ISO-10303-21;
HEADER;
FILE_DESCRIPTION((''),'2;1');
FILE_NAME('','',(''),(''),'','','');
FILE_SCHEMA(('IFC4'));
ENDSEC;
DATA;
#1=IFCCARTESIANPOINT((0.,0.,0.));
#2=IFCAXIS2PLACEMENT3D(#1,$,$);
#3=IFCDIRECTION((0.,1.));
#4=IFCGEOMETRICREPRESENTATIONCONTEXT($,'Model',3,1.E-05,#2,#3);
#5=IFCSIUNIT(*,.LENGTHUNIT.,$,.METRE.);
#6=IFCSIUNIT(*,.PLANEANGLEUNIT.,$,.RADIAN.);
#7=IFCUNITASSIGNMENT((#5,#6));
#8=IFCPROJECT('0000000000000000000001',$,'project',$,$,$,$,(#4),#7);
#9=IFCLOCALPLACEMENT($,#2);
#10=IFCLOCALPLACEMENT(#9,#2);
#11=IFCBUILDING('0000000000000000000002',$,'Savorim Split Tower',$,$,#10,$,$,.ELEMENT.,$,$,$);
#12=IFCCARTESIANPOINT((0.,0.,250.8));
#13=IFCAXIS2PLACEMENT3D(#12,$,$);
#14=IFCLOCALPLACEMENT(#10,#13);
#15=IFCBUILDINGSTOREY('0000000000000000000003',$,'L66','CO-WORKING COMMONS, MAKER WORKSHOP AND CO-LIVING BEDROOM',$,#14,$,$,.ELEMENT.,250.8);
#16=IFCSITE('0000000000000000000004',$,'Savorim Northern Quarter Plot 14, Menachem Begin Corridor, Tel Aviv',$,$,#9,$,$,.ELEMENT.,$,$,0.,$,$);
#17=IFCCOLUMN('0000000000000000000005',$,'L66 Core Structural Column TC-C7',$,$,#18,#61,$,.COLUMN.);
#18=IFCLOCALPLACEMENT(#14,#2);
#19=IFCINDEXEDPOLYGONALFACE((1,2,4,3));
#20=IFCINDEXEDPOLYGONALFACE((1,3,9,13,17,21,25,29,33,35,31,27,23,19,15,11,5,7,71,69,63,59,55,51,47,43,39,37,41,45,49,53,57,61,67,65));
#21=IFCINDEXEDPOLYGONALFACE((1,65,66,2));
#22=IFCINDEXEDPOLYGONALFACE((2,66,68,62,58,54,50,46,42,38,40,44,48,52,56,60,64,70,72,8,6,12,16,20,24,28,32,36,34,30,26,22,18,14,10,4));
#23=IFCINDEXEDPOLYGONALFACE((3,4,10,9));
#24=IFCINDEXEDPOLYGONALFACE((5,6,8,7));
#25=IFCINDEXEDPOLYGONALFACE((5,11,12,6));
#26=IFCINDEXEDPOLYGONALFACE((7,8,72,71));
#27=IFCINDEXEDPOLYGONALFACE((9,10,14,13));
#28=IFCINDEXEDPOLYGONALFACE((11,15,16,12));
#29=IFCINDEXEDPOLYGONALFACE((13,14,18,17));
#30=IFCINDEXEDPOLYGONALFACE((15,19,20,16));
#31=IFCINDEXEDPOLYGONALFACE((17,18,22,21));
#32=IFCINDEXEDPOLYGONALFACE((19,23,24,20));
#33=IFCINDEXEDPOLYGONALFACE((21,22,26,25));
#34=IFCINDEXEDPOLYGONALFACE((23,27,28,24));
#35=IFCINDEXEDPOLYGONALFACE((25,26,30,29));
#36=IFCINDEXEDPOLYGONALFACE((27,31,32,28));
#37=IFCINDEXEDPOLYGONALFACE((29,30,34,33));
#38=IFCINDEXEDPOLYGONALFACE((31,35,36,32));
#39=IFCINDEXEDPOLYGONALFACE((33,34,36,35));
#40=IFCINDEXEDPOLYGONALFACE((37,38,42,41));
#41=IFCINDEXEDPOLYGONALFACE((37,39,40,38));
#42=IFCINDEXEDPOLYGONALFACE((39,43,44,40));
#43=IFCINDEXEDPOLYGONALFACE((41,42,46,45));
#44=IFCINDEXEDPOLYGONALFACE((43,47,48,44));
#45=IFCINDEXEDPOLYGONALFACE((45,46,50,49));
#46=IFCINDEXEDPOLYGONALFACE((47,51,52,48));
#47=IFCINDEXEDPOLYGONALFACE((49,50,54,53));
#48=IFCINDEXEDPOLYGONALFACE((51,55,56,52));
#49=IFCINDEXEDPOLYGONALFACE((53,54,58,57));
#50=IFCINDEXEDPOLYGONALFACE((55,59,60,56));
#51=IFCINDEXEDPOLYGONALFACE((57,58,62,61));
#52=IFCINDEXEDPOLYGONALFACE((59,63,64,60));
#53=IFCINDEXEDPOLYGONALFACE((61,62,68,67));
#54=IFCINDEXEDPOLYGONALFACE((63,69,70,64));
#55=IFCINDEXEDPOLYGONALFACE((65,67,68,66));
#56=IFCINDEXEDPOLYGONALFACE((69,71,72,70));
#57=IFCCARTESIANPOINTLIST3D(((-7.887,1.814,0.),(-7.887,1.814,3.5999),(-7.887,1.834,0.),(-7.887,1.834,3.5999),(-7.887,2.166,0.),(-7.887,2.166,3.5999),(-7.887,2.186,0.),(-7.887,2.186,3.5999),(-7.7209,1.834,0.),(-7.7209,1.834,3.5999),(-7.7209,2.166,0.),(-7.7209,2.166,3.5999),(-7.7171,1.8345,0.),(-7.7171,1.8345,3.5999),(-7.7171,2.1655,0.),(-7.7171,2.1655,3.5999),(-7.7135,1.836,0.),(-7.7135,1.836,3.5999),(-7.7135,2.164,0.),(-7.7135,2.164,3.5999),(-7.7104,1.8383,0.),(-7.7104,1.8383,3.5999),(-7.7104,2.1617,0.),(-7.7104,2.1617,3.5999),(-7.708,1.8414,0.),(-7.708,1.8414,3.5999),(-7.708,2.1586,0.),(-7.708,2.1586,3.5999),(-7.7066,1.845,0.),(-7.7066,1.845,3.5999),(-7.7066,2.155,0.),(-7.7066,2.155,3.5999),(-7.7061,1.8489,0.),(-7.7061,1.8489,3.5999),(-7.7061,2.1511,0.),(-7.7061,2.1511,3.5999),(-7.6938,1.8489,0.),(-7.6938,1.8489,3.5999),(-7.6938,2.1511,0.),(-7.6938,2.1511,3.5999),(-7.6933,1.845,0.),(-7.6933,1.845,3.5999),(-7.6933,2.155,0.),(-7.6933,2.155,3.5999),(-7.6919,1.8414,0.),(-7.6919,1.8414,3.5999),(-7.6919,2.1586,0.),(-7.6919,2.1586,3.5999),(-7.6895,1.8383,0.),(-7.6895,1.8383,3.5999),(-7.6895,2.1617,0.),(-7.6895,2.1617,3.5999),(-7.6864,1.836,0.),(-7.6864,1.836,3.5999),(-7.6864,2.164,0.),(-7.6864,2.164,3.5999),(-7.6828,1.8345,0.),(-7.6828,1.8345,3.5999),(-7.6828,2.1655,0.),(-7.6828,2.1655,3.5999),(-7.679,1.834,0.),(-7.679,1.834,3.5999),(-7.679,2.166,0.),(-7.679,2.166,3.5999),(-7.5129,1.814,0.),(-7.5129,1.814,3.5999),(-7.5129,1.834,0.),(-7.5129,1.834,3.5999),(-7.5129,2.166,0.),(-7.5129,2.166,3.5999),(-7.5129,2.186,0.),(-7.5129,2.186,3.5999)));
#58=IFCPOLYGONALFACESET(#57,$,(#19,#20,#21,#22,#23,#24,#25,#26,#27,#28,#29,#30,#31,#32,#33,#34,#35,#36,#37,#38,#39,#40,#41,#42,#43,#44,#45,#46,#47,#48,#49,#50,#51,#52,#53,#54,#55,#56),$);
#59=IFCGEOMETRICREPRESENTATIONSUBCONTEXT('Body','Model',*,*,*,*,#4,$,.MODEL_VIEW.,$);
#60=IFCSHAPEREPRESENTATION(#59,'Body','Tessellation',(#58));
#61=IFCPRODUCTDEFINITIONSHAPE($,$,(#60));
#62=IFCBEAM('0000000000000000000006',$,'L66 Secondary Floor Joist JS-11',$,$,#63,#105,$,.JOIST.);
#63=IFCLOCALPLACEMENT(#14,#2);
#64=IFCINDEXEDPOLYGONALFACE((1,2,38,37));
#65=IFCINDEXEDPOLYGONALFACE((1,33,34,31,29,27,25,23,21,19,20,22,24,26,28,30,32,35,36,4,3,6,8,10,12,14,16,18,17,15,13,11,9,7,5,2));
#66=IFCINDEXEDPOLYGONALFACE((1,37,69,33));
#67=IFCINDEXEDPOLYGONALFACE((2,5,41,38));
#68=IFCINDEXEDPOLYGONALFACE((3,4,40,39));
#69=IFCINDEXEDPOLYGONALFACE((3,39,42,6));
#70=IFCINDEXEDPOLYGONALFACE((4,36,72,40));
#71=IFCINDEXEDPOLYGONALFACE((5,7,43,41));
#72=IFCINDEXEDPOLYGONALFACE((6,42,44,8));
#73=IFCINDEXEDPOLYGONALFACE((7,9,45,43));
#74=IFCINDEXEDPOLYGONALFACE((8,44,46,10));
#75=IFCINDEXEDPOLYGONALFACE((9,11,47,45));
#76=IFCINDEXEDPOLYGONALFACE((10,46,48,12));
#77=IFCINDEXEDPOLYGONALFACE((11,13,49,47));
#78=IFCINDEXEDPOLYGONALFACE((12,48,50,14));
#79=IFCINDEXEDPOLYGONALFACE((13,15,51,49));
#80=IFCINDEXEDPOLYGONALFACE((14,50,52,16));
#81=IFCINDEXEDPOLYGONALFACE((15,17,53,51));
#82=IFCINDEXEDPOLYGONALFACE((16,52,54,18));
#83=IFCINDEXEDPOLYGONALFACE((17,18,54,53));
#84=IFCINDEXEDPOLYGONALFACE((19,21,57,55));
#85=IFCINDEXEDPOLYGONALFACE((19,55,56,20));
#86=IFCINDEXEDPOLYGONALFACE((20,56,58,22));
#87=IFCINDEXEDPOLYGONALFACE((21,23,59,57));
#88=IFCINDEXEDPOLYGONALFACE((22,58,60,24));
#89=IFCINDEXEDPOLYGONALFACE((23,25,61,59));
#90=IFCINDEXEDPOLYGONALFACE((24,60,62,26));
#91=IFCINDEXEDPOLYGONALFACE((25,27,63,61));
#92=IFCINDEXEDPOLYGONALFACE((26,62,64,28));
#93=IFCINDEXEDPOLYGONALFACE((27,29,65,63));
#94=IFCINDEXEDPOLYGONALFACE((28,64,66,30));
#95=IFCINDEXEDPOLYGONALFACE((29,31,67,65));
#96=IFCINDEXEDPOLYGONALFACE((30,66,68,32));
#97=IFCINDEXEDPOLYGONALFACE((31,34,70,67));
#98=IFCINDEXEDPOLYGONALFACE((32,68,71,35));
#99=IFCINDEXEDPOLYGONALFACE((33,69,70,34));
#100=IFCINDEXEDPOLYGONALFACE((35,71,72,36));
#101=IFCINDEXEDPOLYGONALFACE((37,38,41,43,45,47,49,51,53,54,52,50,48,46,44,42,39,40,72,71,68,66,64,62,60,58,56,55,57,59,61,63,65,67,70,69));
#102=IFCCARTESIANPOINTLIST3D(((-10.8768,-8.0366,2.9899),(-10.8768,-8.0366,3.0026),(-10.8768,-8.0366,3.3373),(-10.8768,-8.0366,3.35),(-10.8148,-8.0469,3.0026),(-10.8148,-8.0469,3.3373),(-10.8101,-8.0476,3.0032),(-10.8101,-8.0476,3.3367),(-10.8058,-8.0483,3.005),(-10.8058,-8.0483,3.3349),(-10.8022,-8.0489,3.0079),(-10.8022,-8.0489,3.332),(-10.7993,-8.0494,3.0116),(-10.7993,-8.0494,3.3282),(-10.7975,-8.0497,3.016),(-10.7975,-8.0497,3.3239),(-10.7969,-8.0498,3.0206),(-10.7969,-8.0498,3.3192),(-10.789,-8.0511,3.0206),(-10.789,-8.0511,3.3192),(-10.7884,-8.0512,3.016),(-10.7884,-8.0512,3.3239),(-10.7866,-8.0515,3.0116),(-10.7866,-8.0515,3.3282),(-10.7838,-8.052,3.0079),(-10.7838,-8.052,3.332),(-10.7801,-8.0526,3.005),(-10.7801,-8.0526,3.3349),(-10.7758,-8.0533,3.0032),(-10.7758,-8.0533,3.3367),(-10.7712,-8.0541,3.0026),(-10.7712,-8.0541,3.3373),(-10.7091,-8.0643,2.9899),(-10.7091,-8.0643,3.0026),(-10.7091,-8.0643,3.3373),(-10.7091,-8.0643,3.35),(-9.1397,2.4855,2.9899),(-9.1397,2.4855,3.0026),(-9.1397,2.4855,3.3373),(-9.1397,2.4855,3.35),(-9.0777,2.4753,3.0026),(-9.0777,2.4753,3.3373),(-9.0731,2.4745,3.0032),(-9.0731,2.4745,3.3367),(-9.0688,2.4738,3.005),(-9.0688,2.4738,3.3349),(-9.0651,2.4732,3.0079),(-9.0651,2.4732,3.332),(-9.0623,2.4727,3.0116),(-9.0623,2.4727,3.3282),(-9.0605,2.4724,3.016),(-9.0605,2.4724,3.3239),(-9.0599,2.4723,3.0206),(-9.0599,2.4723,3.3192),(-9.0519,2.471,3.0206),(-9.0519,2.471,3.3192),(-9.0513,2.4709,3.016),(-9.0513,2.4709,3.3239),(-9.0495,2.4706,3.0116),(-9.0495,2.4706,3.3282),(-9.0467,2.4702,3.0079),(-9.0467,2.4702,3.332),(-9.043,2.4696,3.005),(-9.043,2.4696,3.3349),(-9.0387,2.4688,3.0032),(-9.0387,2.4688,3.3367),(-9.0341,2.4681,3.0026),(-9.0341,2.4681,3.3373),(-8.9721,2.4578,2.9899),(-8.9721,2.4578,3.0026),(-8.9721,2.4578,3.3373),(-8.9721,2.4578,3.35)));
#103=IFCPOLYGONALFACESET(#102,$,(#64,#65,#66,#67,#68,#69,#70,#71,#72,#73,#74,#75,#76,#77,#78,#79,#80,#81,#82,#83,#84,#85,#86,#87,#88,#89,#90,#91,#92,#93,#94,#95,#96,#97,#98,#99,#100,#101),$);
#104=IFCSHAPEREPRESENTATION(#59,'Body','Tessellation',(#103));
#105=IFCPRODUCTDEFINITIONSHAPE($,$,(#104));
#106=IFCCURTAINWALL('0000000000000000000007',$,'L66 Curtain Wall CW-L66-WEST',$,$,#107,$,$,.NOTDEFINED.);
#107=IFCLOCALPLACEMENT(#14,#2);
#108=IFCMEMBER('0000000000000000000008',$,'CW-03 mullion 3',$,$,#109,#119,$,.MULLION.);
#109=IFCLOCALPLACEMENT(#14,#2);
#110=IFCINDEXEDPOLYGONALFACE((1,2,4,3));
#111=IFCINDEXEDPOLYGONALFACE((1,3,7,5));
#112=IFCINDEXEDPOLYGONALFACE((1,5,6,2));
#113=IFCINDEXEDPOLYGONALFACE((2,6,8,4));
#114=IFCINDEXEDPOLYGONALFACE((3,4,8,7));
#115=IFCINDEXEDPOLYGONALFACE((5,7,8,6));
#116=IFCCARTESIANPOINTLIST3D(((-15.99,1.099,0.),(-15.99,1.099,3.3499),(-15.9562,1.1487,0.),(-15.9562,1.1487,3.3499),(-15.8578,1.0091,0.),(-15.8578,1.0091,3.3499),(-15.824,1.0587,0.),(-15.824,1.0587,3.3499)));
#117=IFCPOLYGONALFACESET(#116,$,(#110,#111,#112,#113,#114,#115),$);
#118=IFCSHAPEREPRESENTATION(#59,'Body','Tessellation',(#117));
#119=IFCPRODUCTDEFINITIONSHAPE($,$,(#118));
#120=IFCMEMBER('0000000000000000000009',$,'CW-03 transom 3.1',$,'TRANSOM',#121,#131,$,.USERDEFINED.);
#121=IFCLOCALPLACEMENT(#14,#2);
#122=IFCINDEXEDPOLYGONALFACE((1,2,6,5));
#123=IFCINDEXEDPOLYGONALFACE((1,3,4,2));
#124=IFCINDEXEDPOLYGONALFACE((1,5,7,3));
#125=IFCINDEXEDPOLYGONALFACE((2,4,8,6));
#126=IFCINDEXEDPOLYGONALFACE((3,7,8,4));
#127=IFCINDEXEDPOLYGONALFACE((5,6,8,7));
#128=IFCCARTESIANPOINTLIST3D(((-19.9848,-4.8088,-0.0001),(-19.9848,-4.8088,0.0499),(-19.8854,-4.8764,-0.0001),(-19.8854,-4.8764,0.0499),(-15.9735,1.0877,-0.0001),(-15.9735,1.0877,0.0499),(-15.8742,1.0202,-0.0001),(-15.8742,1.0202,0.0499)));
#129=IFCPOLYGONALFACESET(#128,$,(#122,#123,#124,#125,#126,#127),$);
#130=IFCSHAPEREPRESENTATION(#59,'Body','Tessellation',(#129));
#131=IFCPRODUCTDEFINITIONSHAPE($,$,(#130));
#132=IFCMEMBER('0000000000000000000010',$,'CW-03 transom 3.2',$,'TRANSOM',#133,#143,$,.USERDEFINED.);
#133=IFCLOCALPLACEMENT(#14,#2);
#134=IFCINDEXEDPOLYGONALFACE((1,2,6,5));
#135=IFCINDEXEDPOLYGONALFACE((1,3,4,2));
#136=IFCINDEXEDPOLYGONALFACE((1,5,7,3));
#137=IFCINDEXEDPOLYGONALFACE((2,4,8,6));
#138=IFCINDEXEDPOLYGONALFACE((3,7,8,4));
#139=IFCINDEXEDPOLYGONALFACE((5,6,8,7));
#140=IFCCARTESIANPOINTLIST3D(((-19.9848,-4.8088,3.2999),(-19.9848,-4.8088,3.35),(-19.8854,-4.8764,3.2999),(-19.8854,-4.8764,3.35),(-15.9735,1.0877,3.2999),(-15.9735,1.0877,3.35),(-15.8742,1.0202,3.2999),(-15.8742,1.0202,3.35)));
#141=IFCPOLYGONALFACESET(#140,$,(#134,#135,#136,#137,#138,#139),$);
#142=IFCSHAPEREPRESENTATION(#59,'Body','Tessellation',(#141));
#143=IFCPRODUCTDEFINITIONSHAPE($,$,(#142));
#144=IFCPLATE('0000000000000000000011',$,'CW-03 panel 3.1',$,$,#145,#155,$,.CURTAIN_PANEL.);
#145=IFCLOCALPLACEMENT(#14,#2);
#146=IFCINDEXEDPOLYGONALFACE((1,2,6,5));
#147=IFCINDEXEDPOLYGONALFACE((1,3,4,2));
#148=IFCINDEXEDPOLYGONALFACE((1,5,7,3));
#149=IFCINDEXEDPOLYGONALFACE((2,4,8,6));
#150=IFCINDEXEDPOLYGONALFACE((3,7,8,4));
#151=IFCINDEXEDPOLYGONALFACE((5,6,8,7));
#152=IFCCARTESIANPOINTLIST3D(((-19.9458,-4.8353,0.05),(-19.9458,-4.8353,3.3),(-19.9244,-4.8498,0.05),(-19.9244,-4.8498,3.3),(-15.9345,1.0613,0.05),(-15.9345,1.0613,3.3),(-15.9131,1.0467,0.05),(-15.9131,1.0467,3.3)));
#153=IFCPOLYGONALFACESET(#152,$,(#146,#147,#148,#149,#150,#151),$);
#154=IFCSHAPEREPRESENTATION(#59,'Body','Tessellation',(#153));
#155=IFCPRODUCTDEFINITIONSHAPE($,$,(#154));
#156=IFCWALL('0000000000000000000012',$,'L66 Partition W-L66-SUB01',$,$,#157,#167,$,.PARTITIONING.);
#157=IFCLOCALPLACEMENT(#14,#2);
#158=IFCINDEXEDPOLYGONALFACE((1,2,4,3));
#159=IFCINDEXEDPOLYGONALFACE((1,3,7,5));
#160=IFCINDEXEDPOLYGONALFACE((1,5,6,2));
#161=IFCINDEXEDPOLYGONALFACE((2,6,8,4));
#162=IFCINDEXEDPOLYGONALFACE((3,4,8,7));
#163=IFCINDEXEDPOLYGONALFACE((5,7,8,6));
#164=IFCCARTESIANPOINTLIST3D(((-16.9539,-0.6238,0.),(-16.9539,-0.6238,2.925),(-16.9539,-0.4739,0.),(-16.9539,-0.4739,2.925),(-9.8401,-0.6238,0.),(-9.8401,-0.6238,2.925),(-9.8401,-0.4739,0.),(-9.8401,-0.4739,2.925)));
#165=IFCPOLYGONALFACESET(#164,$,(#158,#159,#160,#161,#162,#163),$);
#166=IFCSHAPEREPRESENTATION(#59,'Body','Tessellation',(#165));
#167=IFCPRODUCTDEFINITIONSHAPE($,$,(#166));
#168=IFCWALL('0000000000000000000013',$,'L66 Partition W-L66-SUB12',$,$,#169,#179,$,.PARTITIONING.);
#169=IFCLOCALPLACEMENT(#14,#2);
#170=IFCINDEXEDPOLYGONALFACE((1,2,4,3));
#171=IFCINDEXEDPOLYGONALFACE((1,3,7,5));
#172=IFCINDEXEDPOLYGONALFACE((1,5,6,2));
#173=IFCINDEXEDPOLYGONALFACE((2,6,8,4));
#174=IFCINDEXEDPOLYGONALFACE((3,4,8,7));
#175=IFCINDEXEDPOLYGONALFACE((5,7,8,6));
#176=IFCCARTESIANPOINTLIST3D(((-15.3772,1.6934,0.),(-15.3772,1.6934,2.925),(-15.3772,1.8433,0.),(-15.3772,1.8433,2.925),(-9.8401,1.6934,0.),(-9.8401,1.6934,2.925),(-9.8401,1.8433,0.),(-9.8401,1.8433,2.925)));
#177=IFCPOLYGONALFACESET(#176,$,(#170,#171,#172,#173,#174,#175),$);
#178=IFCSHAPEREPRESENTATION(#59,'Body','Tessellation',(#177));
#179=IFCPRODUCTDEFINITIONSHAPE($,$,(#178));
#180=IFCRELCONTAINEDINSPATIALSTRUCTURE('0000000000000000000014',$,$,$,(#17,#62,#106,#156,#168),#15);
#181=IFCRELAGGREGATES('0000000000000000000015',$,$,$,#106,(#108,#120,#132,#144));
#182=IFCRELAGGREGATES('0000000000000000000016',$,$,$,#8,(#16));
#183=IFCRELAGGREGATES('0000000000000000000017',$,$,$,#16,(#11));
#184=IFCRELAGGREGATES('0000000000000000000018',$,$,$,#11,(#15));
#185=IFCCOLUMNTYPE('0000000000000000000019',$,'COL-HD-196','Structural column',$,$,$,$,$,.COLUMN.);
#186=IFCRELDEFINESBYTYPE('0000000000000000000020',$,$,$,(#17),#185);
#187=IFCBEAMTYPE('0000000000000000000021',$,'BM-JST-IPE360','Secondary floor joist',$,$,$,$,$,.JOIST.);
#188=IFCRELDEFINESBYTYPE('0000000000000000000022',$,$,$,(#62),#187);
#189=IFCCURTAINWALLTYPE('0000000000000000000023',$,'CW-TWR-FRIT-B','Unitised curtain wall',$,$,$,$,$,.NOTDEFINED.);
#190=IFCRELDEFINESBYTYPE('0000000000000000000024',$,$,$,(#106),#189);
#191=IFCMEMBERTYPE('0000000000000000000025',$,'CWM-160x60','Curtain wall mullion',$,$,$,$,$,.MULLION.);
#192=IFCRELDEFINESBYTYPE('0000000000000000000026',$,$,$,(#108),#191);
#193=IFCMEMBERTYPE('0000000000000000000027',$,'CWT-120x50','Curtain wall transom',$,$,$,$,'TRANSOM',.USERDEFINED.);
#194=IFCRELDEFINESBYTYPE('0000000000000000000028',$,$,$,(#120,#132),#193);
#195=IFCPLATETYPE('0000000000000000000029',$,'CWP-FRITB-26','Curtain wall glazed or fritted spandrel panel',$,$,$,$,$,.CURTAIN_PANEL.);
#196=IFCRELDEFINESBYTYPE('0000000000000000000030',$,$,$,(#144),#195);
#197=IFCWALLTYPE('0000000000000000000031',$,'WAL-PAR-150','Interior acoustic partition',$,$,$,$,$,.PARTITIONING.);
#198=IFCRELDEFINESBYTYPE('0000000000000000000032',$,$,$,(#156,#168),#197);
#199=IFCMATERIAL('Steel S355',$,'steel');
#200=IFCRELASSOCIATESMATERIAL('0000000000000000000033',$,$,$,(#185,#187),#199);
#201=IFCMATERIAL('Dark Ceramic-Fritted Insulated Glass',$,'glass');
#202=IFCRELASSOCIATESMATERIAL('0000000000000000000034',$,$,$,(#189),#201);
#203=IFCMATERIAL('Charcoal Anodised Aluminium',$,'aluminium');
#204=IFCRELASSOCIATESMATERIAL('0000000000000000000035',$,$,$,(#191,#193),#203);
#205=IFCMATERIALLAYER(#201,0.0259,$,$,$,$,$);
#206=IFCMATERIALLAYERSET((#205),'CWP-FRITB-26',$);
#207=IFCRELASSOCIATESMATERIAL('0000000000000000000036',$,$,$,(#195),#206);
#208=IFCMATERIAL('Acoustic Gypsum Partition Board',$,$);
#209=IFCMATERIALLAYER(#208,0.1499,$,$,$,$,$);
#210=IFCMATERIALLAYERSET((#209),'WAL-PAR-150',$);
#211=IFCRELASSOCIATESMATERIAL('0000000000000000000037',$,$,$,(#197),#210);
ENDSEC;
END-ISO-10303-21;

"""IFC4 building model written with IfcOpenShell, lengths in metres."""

from ifc_helpers import new_model, si_unit, direction, frame, frame_2d, origin, origin_2d, place, context, subcontext, project, spatial, rectangle, i_section, extrude, material, layer, layer_set, material_profile, profile_set, type_object, element, aggregate, save


model = new_model("IFC4")

# Units and contexts
model_context = context("Model", 3, precision=1e-05, world=origin(), true_north=direction((0.0, 1.0)))
body_context = subcontext(model_context, "Body", "Model", "MODEL_VIEW")
ifc_project = project(units=[si_unit("LENGTHUNIT", "METRE"), si_unit("PLANEANGLEUNIT", "RADIAN")], contexts=[model_context])

# Site, building, storey
site_placement = place(None, origin())
site = spatial("IfcSite", under=ifc_project, at=site_placement, Name="Savorim Northern Quarter Plot 14, Menachem Begin Corridor, Tel Aviv", CompositionType="ELEMENT", RefElevation=0.0)
building_placement = place(site_placement, origin())
building = spatial("IfcBuilding", under=site, at=building_placement, Name="Savorim Split Tower", CompositionType="ELEMENT")
storey_placement = place(building_placement, frame((0.0, 0.0, 250.8)))
storey = spatial("IfcBuildingStorey", under=building, at=storey_placement, Name="L66", Description="CO-WORKING COMMONS, MAKER WORKSHOP AND CO-LIVING BEDROOM", CompositionType="ELEMENT", Elevation=250.8)

# Column
ifc_material_1 = material(Name="Steel S355", Category="steel")
ifc_material_profile_1 = material_profile(ifc_material_1, i_section(OverallWidth=0.374, OverallDepth=0.3721, WebThickness=0.0122, FlangeThickness=0.02, FilletRadius=0.0149, at=origin_2d()), Name="HD 360x196")
ifc_profile_set_1 = profile_set([ifc_material_profile_1], Name="Steel S355")
column_type = type_object("IfcColumnType", Name="COL-HD-196", Description="Structural column", PredefinedType="COLUMN", material=ifc_profile_set_1)
column_placement = place(storey_placement, frame((-7.7, 2.0, 0.0), z_axis=(0.0, 0.0, 1.0), x_axis=(1.0, 0.0, 0.0)))
element("IfcColumn", 1, at=column_placement, inside=storey, type_object=column_type, Name="L66 Core Structural Column TC-C7", PredefinedType="COLUMN", context=body_context, shape_type="SweptSolid", body=[
    extrude(i_section(OverallWidth=0.374, OverallDepth=0.3721, WebThickness=0.0122, FlangeThickness=0.02, FilletRadius=0.0149, at=origin_2d()), origin(), (0.0, 0.0, 1.0), 3.5999),
])

# Beam
ifc_material_profile_2 = material_profile(ifc_material_1, i_section(OverallWidth=0.1699, OverallDepth=0.3601, WebThickness=0.0081, FlangeThickness=0.0127, FilletRadius=0.0181, at=origin_2d()), Name="IPE 360")
ifc_profile_set_2 = profile_set([ifc_material_profile_2], Name="Steel S355")
beam_type = type_object("IfcBeamType", Name="BM-JST-IPE360", Description="Secondary floor joist", PredefinedType="JOIST", material=ifc_profile_set_2)
beam_placement = place(storey_placement, frame((-9.0559, 2.4717, 3.1699), z_axis=(-0.16288, -0.986646, 0.0), x_axis=(0.986646, -0.16288, 0.0)))
element("IfcBeam", 2, at=beam_placement, inside=storey, type_object=beam_type, Name="L66 Secondary Floor Joist JS-11", PredefinedType="JOIST", context=body_context, shape_type="SweptSolid", body=[
    extrude(i_section(OverallWidth=0.1699, OverallDepth=0.3601, WebThickness=0.0081, FlangeThickness=0.0127, FilletRadius=0.0181, at=origin_2d()), origin(), (0.0, 0.0, 1.0), 10.6646),
])

# Curtain wall, members, plate
ifc_material_2 = material(Name="Dark Ceramic-Fritted Insulated Glass", Category="glass")
curtain_wall_type = type_object("IfcCurtainWallType", Name="CW-TWR-FRIT-B", Description="Unitised curtain wall", PredefinedType="NOTDEFINED", material=ifc_material_2)
curtain_wall_placement = place(storey_placement, origin())
curtain_wall = element("IfcCurtainWall", 3, at=curtain_wall_placement, inside=storey, type_object=curtain_wall_type, Name="L66 Curtain Wall CW-L66-WEST", PredefinedType="NOTDEFINED")
ifc_material_3 = material(Name="Charcoal Anodised Aluminium", Category="aluminium")
ifc_material_profile_3 = material_profile(ifc_material_3, rectangle(XDim=0.1599, YDim=0.0601, at=origin_2d()), Name="ALU-M 160x60")
ifc_profile_set_3 = profile_set([ifc_material_profile_3], Name="Charcoal Anodised Aluminium")
member_type_1 = type_object("IfcMemberType", Name="CWM-160x60", Description="Curtain wall mullion", PredefinedType="MULLION", material=ifc_profile_set_3)
member_1_placement = place(storey_placement, frame((-15.907, 1.0789, 0.0), z_axis=(0.0, 0.0, 1.0), x_axis=(0.826817, -0.56247, 0.0)))
member_1 = element("IfcMember", 4, at=member_1_placement, type_object=member_type_1, Name="CW-03 mullion 3", PredefinedType="MULLION", context=body_context, shape_type="SweptSolid", body=[
    extrude(rectangle(XDim=0.1599, YDim=0.0601, at=origin_2d()), origin(), (0.0, 0.0, 1.0), 3.3499),
])
ifc_material_profile_4 = material_profile(ifc_material_3, rectangle(XDim=0.1201, YDim=0.05, at=origin_2d()), Name="ALU-T 120x50")
ifc_profile_set_4 = profile_set([ifc_material_profile_4], Name="Charcoal Anodised Aluminium")
member_type_2 = type_object("IfcMemberType", Name="CWT-120x50", Description="Curtain wall transom", ElementType="TRANSOM", PredefinedType="USERDEFINED", material=ifc_profile_set_4)
member_2_placement = place(storey_placement, frame((-15.9238, 1.054, 0.0249), z_axis=(-0.562465, -0.826821, 0.0), x_axis=(0.826821, -0.562465, 0.0)))
member_2 = element("IfcMember", 5, at=member_2_placement, type_object=member_type_2, Name="CW-03 transom 3.1", ObjectType="TRANSOM", PredefinedType="USERDEFINED", context=body_context, shape_type="SweptSolid", body=[
    extrude(rectangle(XDim=0.1201, YDim=0.05, at=origin_2d()), origin(), (0.0, 0.0, 1.0), 7.1316),
])
member_3_placement = place(storey_placement, frame((-15.9238, 1.054, 3.325), z_axis=(-0.562465, -0.826821, 0.0), x_axis=(0.826821, -0.562465, 0.0)))
member_3 = element("IfcMember", 6, at=member_3_placement, type_object=member_type_2, Name="CW-03 transom 3.2", ObjectType="TRANSOM", PredefinedType="USERDEFINED", context=body_context, shape_type="SweptSolid", body=[
    extrude(rectangle(XDim=0.1201, YDim=0.05, at=origin_2d()), origin(), (0.0, 0.0, 1.0), 7.1316),
])
ifc_layer_1 = layer(ifc_material_2, 0.0259)
ifc_layer_set_1 = layer_set([ifc_layer_1], Name="CWP-FRITB-26")
plate_type = type_object("IfcPlateType", Name="CWP-FRITB-26", Description="Curtain wall glazed or fritted spandrel panel", PredefinedType="CURTAIN_PANEL", material=ifc_layer_set_1)
plate_placement = place(storey_placement, frame((-17.9294, -1.8943, 0.05), z_axis=(0.0, 0.0, 1.0), x_axis=(-0.56247, -0.826817, 0.0)))
plate = element("IfcPlate", 7, at=plate_placement, type_object=plate_type, Name="CW-03 panel 3.1", PredefinedType="CURTAIN_PANEL", context=body_context, shape_type="SweptSolid", body=[
    extrude(rectangle(XDim=7.1316, YDim=0.0259, at=origin_2d()), origin(), (0.0, 0.0, 1.0), 3.25),
])
aggregate(curtain_wall, [member_1, member_2, member_3, plate])

# Walls
ifc_material_4 = material(Name="Acoustic Gypsum Partition Board")
ifc_layer_2 = layer(ifc_material_4, 0.1499)
ifc_layer_set_2 = layer_set([ifc_layer_2], Name="WAL-PAR-150")
wall_type_1 = type_object("IfcWallType", Name="WAL-PAR-150", Description="Interior acoustic partition", PredefinedType="PARTITIONING", material=ifc_layer_set_2)
wall_1_placement = place(storey_placement, frame((-9.8401, -0.5488, 0.0), z_axis=(0.0, 0.0, 1.0), x_axis=(-1.0, 0.0, 0.0)))
element("IfcWall", 8, at=wall_1_placement, inside=storey, type_object=wall_type_1, Name="L66 Partition W-L66-SUB01", PredefinedType="PARTITIONING", context=body_context, shape_type="SweptSolid", body=[
    extrude(rectangle(XDim=7.1138, YDim=0.1499, at=frame_2d((3.5569, 0.0))), origin(), (0.0, 0.0, 1.0), 2.925),
])
wall_2_placement = place(storey_placement, frame((-9.8401, 1.7683, 0.0), z_axis=(0.0, 0.0, 1.0), x_axis=(-1.0, 0.0, 0.0)))
element("IfcWall", 9, at=wall_2_placement, inside=storey, type_object=wall_type_1, Name="L66 Partition W-L66-SUB12", PredefinedType="PARTITIONING", context=body_context, shape_type="SweptSolid", body=[
    extrude(rectangle(XDim=5.5371, YDim=0.1499, at=frame_2d((2.7686, 0.0))), origin(), (0.0, 0.0, 1.0), 2.925),
])

save(model, "model.ifc")
